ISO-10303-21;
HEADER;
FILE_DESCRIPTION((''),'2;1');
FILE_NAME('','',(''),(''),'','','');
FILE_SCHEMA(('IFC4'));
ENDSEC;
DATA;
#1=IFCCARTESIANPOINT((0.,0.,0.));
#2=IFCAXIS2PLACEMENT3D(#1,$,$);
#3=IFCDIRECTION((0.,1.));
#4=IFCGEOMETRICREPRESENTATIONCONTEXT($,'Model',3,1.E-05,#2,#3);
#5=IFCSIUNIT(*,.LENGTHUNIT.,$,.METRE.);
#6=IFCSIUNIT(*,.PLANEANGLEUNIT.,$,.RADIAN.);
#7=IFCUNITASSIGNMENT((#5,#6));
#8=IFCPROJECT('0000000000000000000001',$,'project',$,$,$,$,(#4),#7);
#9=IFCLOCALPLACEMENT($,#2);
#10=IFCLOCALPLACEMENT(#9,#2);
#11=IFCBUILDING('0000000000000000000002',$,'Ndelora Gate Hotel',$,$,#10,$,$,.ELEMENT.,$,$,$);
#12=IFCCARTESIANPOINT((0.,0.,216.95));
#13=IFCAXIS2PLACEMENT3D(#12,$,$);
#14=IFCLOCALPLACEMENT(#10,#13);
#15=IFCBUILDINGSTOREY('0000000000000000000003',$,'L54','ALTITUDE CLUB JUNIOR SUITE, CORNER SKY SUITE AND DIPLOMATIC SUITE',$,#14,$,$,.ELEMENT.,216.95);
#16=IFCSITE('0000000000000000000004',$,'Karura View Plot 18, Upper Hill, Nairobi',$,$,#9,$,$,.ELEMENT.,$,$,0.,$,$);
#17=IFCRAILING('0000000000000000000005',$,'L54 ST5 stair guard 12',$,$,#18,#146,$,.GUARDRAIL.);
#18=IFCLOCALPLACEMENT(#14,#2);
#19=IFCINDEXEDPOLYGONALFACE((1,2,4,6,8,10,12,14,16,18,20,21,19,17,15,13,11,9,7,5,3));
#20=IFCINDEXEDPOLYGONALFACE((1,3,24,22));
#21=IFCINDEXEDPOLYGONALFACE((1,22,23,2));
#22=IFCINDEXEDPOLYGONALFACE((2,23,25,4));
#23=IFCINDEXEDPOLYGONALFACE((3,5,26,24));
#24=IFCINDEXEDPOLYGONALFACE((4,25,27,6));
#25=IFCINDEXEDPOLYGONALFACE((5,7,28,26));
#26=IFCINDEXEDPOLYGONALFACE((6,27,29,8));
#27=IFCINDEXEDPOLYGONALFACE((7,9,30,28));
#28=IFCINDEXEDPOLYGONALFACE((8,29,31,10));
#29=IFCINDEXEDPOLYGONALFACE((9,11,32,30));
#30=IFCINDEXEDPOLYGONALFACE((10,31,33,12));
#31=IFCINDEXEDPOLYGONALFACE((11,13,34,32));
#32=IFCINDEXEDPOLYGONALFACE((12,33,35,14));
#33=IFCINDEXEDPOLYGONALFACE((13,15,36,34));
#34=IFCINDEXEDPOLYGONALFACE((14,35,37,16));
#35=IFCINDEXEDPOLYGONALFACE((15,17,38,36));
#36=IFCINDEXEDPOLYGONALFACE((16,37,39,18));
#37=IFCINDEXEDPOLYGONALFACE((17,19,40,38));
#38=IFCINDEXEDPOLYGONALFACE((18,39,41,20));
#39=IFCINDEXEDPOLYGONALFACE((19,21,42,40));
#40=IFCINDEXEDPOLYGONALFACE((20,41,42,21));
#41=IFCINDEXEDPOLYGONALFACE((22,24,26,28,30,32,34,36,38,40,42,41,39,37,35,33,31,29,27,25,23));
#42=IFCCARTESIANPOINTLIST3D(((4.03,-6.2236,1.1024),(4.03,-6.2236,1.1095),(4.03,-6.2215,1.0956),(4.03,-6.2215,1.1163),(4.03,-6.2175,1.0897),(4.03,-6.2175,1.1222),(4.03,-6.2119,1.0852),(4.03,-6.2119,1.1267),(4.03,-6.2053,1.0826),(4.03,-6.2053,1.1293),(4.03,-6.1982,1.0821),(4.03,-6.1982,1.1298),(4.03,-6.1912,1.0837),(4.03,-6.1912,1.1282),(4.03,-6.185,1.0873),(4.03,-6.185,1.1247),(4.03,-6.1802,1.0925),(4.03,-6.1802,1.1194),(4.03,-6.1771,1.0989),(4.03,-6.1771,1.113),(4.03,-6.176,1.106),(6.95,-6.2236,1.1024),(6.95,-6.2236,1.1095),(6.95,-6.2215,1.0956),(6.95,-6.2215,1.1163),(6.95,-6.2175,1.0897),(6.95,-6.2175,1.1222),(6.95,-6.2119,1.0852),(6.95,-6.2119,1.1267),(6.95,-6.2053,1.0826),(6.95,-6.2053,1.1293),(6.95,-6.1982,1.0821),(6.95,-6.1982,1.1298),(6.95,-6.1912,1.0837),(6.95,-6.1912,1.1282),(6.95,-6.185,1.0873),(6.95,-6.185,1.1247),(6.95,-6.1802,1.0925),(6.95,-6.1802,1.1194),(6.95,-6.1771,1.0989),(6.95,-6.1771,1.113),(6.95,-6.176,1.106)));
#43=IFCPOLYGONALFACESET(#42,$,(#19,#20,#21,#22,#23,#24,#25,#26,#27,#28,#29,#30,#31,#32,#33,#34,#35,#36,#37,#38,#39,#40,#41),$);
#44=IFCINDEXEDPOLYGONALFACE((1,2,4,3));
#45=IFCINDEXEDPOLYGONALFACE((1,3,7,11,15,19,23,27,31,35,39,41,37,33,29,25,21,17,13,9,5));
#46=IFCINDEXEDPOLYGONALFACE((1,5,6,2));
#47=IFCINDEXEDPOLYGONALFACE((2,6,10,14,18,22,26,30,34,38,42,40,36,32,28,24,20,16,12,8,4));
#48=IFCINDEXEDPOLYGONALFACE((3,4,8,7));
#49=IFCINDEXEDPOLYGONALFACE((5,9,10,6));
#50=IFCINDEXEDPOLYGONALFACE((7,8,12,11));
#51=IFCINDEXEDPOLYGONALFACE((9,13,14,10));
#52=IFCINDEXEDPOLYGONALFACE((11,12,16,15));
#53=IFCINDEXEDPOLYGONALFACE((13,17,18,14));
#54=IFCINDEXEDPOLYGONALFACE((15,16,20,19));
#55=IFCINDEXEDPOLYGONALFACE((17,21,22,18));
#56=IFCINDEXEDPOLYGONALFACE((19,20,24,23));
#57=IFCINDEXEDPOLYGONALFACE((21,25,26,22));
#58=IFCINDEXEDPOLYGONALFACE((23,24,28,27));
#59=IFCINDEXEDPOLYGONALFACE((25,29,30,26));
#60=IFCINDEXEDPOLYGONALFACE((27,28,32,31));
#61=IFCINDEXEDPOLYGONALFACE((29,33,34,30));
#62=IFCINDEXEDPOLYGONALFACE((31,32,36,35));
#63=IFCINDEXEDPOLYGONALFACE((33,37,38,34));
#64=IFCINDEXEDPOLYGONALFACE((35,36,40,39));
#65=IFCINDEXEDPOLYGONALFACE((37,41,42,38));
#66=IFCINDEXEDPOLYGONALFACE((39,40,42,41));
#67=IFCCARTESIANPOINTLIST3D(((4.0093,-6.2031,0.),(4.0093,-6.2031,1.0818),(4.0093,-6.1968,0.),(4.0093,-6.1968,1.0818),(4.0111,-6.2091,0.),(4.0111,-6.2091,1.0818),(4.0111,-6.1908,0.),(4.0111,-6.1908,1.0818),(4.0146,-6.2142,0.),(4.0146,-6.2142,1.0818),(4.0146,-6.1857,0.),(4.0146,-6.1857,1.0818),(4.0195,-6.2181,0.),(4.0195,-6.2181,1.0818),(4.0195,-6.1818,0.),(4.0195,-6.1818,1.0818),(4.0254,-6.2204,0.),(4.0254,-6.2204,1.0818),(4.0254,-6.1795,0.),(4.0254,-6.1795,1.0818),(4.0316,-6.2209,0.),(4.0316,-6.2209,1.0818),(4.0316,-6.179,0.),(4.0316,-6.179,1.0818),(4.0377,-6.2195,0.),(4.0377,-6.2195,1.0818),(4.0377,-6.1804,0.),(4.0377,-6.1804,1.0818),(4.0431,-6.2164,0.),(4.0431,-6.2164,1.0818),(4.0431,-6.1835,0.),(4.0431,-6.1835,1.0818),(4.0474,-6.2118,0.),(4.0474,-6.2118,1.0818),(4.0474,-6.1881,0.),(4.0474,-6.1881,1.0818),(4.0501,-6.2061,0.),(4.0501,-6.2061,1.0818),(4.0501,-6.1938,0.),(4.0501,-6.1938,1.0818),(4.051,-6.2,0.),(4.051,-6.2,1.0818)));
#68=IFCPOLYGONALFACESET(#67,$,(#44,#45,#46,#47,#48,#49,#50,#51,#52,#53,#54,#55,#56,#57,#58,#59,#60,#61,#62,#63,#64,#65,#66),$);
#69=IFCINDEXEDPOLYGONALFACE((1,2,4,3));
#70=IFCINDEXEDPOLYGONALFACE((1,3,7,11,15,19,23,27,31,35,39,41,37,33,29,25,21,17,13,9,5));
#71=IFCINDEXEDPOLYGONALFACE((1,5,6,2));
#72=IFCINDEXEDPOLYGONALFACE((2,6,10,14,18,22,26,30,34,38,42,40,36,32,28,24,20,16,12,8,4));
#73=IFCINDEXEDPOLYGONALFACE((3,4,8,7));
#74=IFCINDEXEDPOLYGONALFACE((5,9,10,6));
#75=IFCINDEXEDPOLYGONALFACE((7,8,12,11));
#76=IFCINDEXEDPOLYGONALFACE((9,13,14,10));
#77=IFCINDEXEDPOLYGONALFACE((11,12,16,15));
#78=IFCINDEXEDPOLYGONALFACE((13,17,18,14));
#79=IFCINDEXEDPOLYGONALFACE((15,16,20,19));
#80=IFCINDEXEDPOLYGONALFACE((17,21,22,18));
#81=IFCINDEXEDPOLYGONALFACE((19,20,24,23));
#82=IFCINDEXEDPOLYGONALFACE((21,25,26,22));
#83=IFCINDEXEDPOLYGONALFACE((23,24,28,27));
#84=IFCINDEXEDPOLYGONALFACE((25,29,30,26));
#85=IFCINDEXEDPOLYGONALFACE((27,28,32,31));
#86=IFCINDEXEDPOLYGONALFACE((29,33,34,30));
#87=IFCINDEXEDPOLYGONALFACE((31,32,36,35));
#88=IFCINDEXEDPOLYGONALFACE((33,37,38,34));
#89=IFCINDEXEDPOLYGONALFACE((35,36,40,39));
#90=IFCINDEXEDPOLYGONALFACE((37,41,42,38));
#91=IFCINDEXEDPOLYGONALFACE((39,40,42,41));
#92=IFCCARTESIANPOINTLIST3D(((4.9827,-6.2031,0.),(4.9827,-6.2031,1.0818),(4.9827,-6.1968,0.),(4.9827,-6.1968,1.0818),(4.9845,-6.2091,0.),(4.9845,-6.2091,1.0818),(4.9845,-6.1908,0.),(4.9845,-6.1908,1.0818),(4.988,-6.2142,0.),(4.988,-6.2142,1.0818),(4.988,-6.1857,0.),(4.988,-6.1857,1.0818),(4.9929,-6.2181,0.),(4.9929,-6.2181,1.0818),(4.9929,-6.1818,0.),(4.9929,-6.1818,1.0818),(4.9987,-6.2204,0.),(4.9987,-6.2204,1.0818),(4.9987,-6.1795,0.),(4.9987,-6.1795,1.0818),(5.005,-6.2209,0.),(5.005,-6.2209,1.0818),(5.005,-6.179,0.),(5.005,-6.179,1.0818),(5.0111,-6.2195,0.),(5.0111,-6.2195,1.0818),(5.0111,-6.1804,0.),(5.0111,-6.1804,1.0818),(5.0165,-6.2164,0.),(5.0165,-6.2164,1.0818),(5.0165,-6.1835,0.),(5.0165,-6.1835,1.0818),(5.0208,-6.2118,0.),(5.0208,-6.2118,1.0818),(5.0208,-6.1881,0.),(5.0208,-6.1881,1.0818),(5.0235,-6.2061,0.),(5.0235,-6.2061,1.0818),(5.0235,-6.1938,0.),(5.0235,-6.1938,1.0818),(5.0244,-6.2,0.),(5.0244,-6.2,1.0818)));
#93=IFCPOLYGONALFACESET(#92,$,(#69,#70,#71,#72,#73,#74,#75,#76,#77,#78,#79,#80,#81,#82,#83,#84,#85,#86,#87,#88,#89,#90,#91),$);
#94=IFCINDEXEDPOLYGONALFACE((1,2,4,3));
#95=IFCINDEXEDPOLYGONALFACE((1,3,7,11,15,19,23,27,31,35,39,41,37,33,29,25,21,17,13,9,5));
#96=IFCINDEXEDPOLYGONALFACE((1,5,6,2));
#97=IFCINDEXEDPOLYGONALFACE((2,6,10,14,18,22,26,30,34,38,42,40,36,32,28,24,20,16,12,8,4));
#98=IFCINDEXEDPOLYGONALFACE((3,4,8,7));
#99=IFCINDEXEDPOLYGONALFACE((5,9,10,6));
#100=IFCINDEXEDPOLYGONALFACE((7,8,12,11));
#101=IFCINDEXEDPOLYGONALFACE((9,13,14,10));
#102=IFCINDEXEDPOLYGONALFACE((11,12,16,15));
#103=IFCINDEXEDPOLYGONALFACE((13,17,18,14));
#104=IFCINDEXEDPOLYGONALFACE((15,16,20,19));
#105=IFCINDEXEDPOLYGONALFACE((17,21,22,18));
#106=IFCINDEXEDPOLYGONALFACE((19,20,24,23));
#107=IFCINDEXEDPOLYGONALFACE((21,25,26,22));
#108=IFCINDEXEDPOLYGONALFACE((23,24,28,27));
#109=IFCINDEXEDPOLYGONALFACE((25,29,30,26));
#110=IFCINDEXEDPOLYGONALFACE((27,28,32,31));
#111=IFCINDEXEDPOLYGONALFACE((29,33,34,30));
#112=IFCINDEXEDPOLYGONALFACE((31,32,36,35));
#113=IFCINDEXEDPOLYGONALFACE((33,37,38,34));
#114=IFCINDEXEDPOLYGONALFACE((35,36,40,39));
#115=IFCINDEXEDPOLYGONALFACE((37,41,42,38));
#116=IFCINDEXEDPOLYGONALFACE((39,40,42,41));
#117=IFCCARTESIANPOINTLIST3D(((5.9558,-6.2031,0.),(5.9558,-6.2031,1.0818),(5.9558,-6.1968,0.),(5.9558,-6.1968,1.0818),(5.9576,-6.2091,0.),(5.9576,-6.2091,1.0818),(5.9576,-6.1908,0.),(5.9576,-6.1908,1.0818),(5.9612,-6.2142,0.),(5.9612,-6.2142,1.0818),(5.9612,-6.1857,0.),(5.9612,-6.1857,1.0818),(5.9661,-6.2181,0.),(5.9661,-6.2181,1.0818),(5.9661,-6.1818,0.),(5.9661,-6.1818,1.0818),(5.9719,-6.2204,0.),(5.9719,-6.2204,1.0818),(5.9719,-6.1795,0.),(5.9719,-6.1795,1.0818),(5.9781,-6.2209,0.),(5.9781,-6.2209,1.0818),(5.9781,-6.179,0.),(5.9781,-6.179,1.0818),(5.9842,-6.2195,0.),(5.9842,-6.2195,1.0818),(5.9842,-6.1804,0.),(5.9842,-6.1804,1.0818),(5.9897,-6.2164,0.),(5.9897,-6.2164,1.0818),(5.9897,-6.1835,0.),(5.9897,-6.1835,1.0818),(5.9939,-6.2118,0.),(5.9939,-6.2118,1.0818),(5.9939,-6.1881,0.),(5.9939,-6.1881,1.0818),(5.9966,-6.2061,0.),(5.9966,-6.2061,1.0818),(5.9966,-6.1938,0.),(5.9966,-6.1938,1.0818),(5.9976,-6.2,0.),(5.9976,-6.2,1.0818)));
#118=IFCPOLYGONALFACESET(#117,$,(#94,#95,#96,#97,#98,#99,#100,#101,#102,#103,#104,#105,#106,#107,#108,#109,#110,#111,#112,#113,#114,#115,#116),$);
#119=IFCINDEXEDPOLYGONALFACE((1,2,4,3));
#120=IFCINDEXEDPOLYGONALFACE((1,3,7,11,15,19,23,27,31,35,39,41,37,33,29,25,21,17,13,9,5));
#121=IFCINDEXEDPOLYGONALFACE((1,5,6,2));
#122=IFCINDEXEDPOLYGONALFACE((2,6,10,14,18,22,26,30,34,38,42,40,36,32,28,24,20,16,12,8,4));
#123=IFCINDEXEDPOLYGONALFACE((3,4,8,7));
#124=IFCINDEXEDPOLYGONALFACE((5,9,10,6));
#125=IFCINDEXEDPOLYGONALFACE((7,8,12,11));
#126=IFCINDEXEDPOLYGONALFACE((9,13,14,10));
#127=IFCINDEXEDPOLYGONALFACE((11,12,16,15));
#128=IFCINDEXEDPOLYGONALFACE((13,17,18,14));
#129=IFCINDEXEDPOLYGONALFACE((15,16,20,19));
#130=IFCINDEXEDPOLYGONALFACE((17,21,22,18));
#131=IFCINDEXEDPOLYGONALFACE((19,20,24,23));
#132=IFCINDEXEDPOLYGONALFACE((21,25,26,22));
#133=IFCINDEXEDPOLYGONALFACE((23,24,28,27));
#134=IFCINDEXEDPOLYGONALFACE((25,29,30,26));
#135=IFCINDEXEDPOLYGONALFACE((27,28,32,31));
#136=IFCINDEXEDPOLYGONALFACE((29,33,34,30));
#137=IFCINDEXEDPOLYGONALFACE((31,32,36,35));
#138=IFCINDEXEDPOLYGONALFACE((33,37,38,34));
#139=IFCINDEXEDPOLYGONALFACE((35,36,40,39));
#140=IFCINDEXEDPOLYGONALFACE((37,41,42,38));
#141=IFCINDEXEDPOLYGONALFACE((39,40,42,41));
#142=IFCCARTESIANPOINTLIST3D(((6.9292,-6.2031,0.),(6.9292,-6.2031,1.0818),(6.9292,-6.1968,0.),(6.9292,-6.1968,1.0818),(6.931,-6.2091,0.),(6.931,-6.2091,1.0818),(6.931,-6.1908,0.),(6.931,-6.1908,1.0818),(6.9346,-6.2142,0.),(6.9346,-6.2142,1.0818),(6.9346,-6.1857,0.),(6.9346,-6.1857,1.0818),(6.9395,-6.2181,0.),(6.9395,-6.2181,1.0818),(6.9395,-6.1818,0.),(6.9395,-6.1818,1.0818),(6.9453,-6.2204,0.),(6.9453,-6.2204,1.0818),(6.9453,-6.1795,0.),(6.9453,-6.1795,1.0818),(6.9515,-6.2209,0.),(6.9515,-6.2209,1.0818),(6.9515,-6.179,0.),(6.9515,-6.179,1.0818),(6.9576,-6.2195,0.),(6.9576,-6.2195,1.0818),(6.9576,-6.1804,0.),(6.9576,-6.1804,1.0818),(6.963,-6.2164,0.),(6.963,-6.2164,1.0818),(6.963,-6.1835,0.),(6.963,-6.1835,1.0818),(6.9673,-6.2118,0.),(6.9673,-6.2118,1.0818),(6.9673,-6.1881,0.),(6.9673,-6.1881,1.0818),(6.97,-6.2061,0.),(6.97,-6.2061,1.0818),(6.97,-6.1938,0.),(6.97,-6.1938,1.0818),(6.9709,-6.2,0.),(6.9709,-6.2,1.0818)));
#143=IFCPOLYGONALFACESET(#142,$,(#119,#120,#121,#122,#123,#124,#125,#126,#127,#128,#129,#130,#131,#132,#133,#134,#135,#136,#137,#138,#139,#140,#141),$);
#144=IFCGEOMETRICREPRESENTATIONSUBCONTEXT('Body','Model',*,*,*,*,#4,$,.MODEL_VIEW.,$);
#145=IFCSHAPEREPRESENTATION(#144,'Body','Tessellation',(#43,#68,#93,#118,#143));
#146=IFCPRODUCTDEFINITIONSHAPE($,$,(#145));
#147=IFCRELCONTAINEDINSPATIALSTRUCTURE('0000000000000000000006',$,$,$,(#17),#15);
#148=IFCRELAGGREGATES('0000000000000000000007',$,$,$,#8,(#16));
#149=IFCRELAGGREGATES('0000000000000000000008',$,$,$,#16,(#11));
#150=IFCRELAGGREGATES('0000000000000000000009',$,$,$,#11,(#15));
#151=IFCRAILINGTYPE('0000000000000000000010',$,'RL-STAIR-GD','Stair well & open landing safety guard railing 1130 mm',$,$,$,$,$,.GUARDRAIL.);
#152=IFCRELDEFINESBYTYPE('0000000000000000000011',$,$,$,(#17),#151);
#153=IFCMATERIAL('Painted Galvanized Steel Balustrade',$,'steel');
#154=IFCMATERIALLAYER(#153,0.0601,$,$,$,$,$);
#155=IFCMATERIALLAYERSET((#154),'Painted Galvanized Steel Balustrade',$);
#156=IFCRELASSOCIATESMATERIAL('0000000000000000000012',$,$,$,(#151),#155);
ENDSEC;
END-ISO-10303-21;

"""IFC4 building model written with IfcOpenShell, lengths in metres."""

from ifc_helpers import new_model, si_unit, direction, frame, origin, origin_2d, place, context, subcontext, project, spatial, circle, extrude, material, layer, layer_set, type_object, element, save


model = new_model("IFC4")

# Units and contexts
model_context = context("Model", 3, precision=1e-05, world=origin(), true_north=direction((0.0, 1.0)))
body_context = subcontext(model_context, "Body", "Model", "MODEL_VIEW")
ifc_project = project(units=[si_unit("LENGTHUNIT", "METRE"), si_unit("PLANEANGLEUNIT", "RADIAN")], contexts=[model_context])

# Site, building, storey
site_placement = place(None, origin())
site = spatial("IfcSite", under=ifc_project, at=site_placement, Name="Karura View Plot 18, Upper Hill, Nairobi", CompositionType="ELEMENT", RefElevation=0.0)
building_placement = place(site_placement, origin())
building = spatial("IfcBuilding", under=site, at=building_placement, Name="Ndelora Gate Hotel", CompositionType="ELEMENT")
storey_placement = place(building_placement, frame((0.0, 0.0, 216.95)))
storey = spatial("IfcBuildingStorey", under=building, at=storey_placement, Name="L54", Description="ALTITUDE CLUB JUNIOR SUITE, CORNER SKY SUITE AND DIPLOMATIC SUITE", CompositionType="ELEMENT", Elevation=216.95)

# Railing
ifc_material_1 = material(Name="Painted Galvanized Steel Balustrade", Category="steel")
ifc_layer_1 = layer(ifc_material_1, 0.0601)
ifc_layer_set_1 = layer_set([ifc_layer_1], Name="Painted Galvanized Steel Balustrade")
railing_type_1 = type_object("IfcRailingType", Name="RL-STAIR-GD", Description="Stair well & open landing safety guard railing 1130 mm", PredefinedType="GUARDRAIL", material=ifc_layer_set_1)
railing_1_placement = place(storey_placement, frame((4.03, -6.2, 0.0)))
element("IfcRailing", 1, at=railing_1_placement, inside=storey, type_object=railing_type_1, Name="L54 ST5 stair guard 12", PredefinedType="GUARDRAIL", context=body_context, shape_type="SweptSolid", body=[
    extrude(circle(Radius=0.0239, at=origin_2d()), frame((0.0, 0.0, 1.106), z_axis=(1.0, 0.0, 0.0), x_axis=(0.0, 1.0, 0.0)), (0.0, 0.0, 1.0), 2.9199),
    extrude(circle(Radius=0.021, at=origin_2d()), origin(), (0.0, 0.0, 1.0), 1.0818),
    extrude(circle(Radius=0.021, at=origin_2d()), frame((0.9734, 0.0, 0.0)), (0.0, 0.0, 1.0), 1.0818),
    extrude(circle(Radius=0.021, at=origin_2d()), frame((1.9465, 0.0, 0.0)), (0.0, 0.0, 1.0), 1.0818),
    extrude(circle(Radius=0.021, at=origin_2d()), frame((2.9199, 0.0, 0.0)), (0.0, 0.0, 1.0), 1.0818),
])

save(model, "model.ifc")
